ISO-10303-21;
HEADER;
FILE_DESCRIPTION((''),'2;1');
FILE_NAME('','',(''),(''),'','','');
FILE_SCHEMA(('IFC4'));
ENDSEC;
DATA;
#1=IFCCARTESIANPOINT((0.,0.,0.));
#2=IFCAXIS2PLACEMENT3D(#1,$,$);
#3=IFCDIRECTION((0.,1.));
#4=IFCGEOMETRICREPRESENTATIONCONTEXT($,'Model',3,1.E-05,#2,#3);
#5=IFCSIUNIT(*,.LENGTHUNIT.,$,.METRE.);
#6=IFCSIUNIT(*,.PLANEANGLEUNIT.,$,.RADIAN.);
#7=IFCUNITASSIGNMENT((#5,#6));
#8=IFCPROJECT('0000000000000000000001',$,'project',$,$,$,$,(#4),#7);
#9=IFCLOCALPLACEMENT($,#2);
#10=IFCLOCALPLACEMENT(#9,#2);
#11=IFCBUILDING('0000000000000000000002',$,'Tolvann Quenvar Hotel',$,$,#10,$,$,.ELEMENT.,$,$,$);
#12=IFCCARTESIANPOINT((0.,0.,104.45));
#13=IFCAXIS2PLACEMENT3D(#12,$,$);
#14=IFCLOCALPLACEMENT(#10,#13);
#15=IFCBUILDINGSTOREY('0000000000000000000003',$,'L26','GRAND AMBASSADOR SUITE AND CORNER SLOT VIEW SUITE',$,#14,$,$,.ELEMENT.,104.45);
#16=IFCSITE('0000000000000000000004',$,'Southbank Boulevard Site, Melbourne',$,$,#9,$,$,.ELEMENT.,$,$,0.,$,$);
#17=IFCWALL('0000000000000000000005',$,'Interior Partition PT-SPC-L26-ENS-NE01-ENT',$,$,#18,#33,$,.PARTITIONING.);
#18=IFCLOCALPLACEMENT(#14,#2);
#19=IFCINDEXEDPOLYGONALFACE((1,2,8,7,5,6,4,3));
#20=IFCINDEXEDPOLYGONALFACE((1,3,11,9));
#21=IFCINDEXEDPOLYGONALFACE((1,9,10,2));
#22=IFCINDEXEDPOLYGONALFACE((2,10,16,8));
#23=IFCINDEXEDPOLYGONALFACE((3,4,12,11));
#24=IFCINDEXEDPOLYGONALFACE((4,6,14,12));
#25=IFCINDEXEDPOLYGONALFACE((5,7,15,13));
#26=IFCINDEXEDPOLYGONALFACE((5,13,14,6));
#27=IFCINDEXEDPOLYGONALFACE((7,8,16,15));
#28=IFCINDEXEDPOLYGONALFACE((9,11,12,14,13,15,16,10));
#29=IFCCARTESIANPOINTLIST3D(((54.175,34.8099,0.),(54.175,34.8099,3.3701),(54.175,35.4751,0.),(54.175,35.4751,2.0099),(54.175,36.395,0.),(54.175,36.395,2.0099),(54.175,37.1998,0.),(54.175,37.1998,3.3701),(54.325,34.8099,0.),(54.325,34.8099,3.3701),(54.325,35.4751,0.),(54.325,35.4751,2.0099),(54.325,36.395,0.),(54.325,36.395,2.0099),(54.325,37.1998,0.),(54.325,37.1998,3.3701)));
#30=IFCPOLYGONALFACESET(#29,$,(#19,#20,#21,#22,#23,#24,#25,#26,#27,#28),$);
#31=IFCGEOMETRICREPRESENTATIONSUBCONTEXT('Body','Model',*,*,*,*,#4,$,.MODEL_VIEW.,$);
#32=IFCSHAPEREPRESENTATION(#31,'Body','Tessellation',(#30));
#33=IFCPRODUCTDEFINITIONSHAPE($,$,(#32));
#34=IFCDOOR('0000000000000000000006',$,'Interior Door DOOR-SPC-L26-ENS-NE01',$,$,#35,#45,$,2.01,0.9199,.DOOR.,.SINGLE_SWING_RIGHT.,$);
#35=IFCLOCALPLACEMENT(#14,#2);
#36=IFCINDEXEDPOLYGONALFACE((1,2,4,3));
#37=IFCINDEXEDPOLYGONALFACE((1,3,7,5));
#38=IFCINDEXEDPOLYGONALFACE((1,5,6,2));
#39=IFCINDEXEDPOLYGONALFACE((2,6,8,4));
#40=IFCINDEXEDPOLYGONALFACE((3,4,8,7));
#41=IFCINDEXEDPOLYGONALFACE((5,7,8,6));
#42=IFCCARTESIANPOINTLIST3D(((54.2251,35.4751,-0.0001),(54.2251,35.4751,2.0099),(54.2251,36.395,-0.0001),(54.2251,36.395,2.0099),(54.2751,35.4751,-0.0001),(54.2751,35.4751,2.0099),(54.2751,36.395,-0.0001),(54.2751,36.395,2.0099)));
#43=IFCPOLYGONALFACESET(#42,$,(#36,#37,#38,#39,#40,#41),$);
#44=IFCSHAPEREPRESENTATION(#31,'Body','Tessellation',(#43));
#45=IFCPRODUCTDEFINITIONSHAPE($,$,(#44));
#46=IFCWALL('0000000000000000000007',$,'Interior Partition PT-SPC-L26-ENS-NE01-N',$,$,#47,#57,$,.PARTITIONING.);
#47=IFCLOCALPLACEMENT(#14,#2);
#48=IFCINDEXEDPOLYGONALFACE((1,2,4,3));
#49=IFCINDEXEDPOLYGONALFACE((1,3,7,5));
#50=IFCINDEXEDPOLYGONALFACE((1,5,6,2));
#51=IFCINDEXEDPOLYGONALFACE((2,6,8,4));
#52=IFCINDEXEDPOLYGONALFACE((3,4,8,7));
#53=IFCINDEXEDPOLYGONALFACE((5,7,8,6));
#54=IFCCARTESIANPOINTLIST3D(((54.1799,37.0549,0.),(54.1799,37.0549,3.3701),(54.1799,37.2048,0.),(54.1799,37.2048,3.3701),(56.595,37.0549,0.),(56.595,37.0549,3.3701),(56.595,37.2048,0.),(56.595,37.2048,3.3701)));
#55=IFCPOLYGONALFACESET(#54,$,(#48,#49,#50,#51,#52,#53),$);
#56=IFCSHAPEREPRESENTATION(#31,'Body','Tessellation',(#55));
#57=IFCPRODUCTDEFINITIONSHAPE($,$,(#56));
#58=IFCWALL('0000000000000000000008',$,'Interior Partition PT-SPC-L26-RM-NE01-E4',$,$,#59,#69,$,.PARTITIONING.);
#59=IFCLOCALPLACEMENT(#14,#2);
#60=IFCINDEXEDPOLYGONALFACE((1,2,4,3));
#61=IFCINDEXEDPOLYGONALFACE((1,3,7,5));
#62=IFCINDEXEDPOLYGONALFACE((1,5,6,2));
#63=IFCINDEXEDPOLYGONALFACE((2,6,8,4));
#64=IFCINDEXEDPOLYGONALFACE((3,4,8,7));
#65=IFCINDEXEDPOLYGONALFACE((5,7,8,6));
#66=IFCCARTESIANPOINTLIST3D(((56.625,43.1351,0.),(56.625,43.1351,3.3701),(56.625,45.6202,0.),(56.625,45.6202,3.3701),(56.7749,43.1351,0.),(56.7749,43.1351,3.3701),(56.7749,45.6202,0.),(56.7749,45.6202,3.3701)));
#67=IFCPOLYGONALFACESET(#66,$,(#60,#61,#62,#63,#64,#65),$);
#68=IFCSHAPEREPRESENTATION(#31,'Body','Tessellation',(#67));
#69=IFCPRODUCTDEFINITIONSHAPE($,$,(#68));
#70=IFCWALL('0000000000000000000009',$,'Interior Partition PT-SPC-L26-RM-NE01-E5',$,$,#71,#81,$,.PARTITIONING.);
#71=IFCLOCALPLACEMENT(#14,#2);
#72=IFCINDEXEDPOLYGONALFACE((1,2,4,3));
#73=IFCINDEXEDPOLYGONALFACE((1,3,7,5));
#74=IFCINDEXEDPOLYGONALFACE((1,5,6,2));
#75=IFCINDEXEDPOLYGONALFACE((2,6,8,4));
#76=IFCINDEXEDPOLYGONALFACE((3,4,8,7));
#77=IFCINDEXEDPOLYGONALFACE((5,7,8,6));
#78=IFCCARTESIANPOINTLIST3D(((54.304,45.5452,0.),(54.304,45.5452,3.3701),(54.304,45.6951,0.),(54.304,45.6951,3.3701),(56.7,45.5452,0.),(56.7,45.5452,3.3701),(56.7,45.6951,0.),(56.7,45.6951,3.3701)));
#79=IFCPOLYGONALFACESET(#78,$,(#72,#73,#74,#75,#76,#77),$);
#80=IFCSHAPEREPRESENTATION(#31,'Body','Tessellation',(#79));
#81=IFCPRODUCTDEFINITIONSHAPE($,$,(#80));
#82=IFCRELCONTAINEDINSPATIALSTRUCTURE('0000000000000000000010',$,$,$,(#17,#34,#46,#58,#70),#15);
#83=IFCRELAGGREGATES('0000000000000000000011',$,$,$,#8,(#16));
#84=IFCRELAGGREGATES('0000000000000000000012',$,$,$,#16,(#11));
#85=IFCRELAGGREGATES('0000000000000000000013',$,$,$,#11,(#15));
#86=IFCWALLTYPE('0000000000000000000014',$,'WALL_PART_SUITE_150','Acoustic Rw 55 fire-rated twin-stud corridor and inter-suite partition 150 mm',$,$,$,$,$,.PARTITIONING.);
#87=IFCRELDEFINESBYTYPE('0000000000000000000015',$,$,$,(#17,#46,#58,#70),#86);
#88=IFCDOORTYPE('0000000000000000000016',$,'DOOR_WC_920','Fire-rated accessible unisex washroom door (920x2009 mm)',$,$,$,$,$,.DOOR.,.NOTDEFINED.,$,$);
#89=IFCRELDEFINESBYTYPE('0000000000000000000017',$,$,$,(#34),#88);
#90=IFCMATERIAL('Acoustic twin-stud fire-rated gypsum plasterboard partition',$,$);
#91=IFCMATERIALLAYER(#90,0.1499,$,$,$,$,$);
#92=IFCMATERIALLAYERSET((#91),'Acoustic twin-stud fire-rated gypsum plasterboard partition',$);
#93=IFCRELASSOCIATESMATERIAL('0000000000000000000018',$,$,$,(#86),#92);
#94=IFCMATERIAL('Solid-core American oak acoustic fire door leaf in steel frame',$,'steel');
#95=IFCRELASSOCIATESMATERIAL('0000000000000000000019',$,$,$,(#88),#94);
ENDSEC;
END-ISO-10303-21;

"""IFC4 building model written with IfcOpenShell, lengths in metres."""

from ifc_helpers import new_model, si_unit, direction, frame, frame_2d, origin, place, context, subcontext, project, spatial, rectangle, extrude, source, transform, mapped, material, layer, layer_set, type_object, type_shapes, element, fill, save


model = new_model("IFC4")

# Units and contexts
model_context = context("Model", 3, precision=1e-05, world=origin(), true_north=direction((0.0, 1.0)))
body_context = subcontext(model_context, "Body", "Model", "MODEL_VIEW")
ifc_project = project(units=[si_unit("LENGTHUNIT", "METRE"), si_unit("PLANEANGLEUNIT", "RADIAN")], contexts=[model_context])

# Site, building, storey
site_placement = place(None, origin())
site = spatial("IfcSite", under=ifc_project, at=site_placement, Name="Southbank Boulevard Site, Melbourne", CompositionType="ELEMENT", RefElevation=0.0)
building_placement = place(site_placement, origin())
building = spatial("IfcBuilding", under=site, at=building_placement, Name="Tolvann Quenvar Hotel", CompositionType="ELEMENT")
storey_placement = place(building_placement, frame((0.0, 0.0, 104.45)))
storey = spatial("IfcBuildingStorey", under=building, at=storey_placement, Name="L26", Description="GRAND AMBASSADOR SUITE AND CORNER SLOT VIEW SUITE", CompositionType="ELEMENT", Elevation=104.45)

# Wall, opening, door
ifc_material_1 = material(Name="Acoustic twin-stud fire-rated gypsum plasterboard partition")
ifc_layer_1 = layer(ifc_material_1, 0.1499)
ifc_layer_set_1 = layer_set([ifc_layer_1], Name="Acoustic twin-stud fire-rated gypsum plasterboard partition")
wall_type_1 = type_object("IfcWallType", Name="WALL_PART_SUITE_150", Description="Acoustic Rw 55 fire-rated twin-stud corridor and inter-suite partition 150 mm", PredefinedType="PARTITIONING", material=ifc_layer_set_1)
wall_1_placement = place(storey_placement, frame((54.25, 34.8101, 0.0), z_axis=(0.0, 0.0, 1.0), x_axis=(0.0, 1.0, 0.0)))
wall_1 = element("IfcWall", 1, at=wall_1_placement, inside=storey, type_object=wall_type_1, Name="Interior Partition PT-SPC-L26-ENS-NE01-ENT", PredefinedType="PARTITIONING", context=body_context, shape_type="SweptSolid", body=[
    extrude(rectangle(XDim=2.3899, YDim=0.1499, at=frame_2d((1.1948, 0.0))), origin(), (0.0, 0.0, 1.0), 3.3701),
])
opening_1_placement = place(wall_1_placement, frame((0.665, 0.0, 0.0)))
opening_1 = element("IfcOpeningElement", 2, at=opening_1_placement, cuts=wall_1, PredefinedType="OPENING", context=body_context, shape_type="SweptSolid", body=[
    extrude(rectangle(XDim=0.9199, YDim=2.01, at=frame_2d((0.46, 1.0049))), frame((0.0, 0.085, 0.0), z_axis=(0.0, -1.0, 0.0), x_axis=(1.0, 0.0, 0.0)), (0.0, 0.0, 1.0), 0.1699),
])
ifc_material_2 = material(Name="Solid-core American oak acoustic fire door leaf in steel frame", Category="steel")
door_type = type_object("IfcDoorType", Name="DOOR_WC_920", Description="Fire-rated accessible unisex washroom door (920x2009 mm)", OperationType="NOTDEFINED", PredefinedType="DOOR", material=ifc_material_2)
shared_shape_1 = source(origin(), body_context, "Body", "SweptSolid", [
    extrude(rectangle(XDim=0.9199, YDim=2.01, at=frame_2d((0.46, 1.0049))), frame((0.0, 0.0249, 0.0), z_axis=(0.0, -1.0, 0.0), x_axis=(1.0, 0.0, 0.0)), (0.0, 0.0, 1.0), 0.05),
])
type_shapes(door_type, [shared_shape_1])
door_placement = place(opening_1_placement, origin())
door = element("IfcDoor", 3, at=door_placement, inside=storey, type_object=door_type, Name="Interior Door DOOR-SPC-L26-ENS-NE01", OperationType="SINGLE_SWING_RIGHT", OverallHeight=2.01, OverallWidth=0.9199, PredefinedType="DOOR", context=body_context, shape_type="MappedRepresentation", body=[
    mapped(shared_shape_1, transform((0.0, 0.0, 0.0), x_axis=(1.0, 0.0, 0.0), y_axis=(0.0, 1.0, 0.0), z_axis=(0.0, 0.0, 1.0), scale=1.0)),
])
fill(opening_1, door)

# Walls
wall_2_placement = place(storey_placement, frame((54.1799, 37.1299, 0.0), z_axis=(0.0, 0.0, 1.0), x_axis=(1.0, 0.0, 0.0)))
element("IfcWall", 4, at=wall_2_placement, inside=storey, type_object=wall_type_1, Name="Interior Partition PT-SPC-L26-ENS-NE01-N", PredefinedType="PARTITIONING", context=body_context, shape_type="SweptSolid", body=[
    extrude(rectangle(XDim=2.415, YDim=0.1499, at=frame_2d((1.2075, 0.0))), origin(), (0.0, 0.0, 1.0), 3.3701),
])
wall_3_placement = place(storey_placement, frame((56.7, 43.135, 0.0), z_axis=(0.0, 0.0, 1.0), x_axis=(0.0, 1.0, 0.0)))
element("IfcWall", 5, at=wall_3_placement, inside=storey, type_object=wall_type_1, Name="Interior Partition PT-SPC-L26-RM-NE01-E4", PredefinedType="PARTITIONING", context=body_context, shape_type="SweptSolid", body=[
    extrude(rectangle(XDim=2.4851, YDim=0.1499, at=frame_2d((1.2427, 0.0))), origin(), (0.0, 0.0, 1.0), 3.3701),
])
wall_4_placement = place(storey_placement, frame((54.304, 45.6201, 0.0), z_axis=(0.0, 0.0, 1.0), x_axis=(1.0, 0.0, 0.0)))
element("IfcWall", 6, at=wall_4_placement, inside=storey, type_object=wall_type_1, Name="Interior Partition PT-SPC-L26-RM-NE01-E5", PredefinedType="PARTITIONING", context=body_context, shape_type="SweptSolid", body=[
    extrude(rectangle(XDim=2.396, YDim=0.1499, at=frame_2d((1.198, 0.0))), origin(), (0.0, 0.0, 1.0), 3.3701),
])

save(model, "model.ifc")
